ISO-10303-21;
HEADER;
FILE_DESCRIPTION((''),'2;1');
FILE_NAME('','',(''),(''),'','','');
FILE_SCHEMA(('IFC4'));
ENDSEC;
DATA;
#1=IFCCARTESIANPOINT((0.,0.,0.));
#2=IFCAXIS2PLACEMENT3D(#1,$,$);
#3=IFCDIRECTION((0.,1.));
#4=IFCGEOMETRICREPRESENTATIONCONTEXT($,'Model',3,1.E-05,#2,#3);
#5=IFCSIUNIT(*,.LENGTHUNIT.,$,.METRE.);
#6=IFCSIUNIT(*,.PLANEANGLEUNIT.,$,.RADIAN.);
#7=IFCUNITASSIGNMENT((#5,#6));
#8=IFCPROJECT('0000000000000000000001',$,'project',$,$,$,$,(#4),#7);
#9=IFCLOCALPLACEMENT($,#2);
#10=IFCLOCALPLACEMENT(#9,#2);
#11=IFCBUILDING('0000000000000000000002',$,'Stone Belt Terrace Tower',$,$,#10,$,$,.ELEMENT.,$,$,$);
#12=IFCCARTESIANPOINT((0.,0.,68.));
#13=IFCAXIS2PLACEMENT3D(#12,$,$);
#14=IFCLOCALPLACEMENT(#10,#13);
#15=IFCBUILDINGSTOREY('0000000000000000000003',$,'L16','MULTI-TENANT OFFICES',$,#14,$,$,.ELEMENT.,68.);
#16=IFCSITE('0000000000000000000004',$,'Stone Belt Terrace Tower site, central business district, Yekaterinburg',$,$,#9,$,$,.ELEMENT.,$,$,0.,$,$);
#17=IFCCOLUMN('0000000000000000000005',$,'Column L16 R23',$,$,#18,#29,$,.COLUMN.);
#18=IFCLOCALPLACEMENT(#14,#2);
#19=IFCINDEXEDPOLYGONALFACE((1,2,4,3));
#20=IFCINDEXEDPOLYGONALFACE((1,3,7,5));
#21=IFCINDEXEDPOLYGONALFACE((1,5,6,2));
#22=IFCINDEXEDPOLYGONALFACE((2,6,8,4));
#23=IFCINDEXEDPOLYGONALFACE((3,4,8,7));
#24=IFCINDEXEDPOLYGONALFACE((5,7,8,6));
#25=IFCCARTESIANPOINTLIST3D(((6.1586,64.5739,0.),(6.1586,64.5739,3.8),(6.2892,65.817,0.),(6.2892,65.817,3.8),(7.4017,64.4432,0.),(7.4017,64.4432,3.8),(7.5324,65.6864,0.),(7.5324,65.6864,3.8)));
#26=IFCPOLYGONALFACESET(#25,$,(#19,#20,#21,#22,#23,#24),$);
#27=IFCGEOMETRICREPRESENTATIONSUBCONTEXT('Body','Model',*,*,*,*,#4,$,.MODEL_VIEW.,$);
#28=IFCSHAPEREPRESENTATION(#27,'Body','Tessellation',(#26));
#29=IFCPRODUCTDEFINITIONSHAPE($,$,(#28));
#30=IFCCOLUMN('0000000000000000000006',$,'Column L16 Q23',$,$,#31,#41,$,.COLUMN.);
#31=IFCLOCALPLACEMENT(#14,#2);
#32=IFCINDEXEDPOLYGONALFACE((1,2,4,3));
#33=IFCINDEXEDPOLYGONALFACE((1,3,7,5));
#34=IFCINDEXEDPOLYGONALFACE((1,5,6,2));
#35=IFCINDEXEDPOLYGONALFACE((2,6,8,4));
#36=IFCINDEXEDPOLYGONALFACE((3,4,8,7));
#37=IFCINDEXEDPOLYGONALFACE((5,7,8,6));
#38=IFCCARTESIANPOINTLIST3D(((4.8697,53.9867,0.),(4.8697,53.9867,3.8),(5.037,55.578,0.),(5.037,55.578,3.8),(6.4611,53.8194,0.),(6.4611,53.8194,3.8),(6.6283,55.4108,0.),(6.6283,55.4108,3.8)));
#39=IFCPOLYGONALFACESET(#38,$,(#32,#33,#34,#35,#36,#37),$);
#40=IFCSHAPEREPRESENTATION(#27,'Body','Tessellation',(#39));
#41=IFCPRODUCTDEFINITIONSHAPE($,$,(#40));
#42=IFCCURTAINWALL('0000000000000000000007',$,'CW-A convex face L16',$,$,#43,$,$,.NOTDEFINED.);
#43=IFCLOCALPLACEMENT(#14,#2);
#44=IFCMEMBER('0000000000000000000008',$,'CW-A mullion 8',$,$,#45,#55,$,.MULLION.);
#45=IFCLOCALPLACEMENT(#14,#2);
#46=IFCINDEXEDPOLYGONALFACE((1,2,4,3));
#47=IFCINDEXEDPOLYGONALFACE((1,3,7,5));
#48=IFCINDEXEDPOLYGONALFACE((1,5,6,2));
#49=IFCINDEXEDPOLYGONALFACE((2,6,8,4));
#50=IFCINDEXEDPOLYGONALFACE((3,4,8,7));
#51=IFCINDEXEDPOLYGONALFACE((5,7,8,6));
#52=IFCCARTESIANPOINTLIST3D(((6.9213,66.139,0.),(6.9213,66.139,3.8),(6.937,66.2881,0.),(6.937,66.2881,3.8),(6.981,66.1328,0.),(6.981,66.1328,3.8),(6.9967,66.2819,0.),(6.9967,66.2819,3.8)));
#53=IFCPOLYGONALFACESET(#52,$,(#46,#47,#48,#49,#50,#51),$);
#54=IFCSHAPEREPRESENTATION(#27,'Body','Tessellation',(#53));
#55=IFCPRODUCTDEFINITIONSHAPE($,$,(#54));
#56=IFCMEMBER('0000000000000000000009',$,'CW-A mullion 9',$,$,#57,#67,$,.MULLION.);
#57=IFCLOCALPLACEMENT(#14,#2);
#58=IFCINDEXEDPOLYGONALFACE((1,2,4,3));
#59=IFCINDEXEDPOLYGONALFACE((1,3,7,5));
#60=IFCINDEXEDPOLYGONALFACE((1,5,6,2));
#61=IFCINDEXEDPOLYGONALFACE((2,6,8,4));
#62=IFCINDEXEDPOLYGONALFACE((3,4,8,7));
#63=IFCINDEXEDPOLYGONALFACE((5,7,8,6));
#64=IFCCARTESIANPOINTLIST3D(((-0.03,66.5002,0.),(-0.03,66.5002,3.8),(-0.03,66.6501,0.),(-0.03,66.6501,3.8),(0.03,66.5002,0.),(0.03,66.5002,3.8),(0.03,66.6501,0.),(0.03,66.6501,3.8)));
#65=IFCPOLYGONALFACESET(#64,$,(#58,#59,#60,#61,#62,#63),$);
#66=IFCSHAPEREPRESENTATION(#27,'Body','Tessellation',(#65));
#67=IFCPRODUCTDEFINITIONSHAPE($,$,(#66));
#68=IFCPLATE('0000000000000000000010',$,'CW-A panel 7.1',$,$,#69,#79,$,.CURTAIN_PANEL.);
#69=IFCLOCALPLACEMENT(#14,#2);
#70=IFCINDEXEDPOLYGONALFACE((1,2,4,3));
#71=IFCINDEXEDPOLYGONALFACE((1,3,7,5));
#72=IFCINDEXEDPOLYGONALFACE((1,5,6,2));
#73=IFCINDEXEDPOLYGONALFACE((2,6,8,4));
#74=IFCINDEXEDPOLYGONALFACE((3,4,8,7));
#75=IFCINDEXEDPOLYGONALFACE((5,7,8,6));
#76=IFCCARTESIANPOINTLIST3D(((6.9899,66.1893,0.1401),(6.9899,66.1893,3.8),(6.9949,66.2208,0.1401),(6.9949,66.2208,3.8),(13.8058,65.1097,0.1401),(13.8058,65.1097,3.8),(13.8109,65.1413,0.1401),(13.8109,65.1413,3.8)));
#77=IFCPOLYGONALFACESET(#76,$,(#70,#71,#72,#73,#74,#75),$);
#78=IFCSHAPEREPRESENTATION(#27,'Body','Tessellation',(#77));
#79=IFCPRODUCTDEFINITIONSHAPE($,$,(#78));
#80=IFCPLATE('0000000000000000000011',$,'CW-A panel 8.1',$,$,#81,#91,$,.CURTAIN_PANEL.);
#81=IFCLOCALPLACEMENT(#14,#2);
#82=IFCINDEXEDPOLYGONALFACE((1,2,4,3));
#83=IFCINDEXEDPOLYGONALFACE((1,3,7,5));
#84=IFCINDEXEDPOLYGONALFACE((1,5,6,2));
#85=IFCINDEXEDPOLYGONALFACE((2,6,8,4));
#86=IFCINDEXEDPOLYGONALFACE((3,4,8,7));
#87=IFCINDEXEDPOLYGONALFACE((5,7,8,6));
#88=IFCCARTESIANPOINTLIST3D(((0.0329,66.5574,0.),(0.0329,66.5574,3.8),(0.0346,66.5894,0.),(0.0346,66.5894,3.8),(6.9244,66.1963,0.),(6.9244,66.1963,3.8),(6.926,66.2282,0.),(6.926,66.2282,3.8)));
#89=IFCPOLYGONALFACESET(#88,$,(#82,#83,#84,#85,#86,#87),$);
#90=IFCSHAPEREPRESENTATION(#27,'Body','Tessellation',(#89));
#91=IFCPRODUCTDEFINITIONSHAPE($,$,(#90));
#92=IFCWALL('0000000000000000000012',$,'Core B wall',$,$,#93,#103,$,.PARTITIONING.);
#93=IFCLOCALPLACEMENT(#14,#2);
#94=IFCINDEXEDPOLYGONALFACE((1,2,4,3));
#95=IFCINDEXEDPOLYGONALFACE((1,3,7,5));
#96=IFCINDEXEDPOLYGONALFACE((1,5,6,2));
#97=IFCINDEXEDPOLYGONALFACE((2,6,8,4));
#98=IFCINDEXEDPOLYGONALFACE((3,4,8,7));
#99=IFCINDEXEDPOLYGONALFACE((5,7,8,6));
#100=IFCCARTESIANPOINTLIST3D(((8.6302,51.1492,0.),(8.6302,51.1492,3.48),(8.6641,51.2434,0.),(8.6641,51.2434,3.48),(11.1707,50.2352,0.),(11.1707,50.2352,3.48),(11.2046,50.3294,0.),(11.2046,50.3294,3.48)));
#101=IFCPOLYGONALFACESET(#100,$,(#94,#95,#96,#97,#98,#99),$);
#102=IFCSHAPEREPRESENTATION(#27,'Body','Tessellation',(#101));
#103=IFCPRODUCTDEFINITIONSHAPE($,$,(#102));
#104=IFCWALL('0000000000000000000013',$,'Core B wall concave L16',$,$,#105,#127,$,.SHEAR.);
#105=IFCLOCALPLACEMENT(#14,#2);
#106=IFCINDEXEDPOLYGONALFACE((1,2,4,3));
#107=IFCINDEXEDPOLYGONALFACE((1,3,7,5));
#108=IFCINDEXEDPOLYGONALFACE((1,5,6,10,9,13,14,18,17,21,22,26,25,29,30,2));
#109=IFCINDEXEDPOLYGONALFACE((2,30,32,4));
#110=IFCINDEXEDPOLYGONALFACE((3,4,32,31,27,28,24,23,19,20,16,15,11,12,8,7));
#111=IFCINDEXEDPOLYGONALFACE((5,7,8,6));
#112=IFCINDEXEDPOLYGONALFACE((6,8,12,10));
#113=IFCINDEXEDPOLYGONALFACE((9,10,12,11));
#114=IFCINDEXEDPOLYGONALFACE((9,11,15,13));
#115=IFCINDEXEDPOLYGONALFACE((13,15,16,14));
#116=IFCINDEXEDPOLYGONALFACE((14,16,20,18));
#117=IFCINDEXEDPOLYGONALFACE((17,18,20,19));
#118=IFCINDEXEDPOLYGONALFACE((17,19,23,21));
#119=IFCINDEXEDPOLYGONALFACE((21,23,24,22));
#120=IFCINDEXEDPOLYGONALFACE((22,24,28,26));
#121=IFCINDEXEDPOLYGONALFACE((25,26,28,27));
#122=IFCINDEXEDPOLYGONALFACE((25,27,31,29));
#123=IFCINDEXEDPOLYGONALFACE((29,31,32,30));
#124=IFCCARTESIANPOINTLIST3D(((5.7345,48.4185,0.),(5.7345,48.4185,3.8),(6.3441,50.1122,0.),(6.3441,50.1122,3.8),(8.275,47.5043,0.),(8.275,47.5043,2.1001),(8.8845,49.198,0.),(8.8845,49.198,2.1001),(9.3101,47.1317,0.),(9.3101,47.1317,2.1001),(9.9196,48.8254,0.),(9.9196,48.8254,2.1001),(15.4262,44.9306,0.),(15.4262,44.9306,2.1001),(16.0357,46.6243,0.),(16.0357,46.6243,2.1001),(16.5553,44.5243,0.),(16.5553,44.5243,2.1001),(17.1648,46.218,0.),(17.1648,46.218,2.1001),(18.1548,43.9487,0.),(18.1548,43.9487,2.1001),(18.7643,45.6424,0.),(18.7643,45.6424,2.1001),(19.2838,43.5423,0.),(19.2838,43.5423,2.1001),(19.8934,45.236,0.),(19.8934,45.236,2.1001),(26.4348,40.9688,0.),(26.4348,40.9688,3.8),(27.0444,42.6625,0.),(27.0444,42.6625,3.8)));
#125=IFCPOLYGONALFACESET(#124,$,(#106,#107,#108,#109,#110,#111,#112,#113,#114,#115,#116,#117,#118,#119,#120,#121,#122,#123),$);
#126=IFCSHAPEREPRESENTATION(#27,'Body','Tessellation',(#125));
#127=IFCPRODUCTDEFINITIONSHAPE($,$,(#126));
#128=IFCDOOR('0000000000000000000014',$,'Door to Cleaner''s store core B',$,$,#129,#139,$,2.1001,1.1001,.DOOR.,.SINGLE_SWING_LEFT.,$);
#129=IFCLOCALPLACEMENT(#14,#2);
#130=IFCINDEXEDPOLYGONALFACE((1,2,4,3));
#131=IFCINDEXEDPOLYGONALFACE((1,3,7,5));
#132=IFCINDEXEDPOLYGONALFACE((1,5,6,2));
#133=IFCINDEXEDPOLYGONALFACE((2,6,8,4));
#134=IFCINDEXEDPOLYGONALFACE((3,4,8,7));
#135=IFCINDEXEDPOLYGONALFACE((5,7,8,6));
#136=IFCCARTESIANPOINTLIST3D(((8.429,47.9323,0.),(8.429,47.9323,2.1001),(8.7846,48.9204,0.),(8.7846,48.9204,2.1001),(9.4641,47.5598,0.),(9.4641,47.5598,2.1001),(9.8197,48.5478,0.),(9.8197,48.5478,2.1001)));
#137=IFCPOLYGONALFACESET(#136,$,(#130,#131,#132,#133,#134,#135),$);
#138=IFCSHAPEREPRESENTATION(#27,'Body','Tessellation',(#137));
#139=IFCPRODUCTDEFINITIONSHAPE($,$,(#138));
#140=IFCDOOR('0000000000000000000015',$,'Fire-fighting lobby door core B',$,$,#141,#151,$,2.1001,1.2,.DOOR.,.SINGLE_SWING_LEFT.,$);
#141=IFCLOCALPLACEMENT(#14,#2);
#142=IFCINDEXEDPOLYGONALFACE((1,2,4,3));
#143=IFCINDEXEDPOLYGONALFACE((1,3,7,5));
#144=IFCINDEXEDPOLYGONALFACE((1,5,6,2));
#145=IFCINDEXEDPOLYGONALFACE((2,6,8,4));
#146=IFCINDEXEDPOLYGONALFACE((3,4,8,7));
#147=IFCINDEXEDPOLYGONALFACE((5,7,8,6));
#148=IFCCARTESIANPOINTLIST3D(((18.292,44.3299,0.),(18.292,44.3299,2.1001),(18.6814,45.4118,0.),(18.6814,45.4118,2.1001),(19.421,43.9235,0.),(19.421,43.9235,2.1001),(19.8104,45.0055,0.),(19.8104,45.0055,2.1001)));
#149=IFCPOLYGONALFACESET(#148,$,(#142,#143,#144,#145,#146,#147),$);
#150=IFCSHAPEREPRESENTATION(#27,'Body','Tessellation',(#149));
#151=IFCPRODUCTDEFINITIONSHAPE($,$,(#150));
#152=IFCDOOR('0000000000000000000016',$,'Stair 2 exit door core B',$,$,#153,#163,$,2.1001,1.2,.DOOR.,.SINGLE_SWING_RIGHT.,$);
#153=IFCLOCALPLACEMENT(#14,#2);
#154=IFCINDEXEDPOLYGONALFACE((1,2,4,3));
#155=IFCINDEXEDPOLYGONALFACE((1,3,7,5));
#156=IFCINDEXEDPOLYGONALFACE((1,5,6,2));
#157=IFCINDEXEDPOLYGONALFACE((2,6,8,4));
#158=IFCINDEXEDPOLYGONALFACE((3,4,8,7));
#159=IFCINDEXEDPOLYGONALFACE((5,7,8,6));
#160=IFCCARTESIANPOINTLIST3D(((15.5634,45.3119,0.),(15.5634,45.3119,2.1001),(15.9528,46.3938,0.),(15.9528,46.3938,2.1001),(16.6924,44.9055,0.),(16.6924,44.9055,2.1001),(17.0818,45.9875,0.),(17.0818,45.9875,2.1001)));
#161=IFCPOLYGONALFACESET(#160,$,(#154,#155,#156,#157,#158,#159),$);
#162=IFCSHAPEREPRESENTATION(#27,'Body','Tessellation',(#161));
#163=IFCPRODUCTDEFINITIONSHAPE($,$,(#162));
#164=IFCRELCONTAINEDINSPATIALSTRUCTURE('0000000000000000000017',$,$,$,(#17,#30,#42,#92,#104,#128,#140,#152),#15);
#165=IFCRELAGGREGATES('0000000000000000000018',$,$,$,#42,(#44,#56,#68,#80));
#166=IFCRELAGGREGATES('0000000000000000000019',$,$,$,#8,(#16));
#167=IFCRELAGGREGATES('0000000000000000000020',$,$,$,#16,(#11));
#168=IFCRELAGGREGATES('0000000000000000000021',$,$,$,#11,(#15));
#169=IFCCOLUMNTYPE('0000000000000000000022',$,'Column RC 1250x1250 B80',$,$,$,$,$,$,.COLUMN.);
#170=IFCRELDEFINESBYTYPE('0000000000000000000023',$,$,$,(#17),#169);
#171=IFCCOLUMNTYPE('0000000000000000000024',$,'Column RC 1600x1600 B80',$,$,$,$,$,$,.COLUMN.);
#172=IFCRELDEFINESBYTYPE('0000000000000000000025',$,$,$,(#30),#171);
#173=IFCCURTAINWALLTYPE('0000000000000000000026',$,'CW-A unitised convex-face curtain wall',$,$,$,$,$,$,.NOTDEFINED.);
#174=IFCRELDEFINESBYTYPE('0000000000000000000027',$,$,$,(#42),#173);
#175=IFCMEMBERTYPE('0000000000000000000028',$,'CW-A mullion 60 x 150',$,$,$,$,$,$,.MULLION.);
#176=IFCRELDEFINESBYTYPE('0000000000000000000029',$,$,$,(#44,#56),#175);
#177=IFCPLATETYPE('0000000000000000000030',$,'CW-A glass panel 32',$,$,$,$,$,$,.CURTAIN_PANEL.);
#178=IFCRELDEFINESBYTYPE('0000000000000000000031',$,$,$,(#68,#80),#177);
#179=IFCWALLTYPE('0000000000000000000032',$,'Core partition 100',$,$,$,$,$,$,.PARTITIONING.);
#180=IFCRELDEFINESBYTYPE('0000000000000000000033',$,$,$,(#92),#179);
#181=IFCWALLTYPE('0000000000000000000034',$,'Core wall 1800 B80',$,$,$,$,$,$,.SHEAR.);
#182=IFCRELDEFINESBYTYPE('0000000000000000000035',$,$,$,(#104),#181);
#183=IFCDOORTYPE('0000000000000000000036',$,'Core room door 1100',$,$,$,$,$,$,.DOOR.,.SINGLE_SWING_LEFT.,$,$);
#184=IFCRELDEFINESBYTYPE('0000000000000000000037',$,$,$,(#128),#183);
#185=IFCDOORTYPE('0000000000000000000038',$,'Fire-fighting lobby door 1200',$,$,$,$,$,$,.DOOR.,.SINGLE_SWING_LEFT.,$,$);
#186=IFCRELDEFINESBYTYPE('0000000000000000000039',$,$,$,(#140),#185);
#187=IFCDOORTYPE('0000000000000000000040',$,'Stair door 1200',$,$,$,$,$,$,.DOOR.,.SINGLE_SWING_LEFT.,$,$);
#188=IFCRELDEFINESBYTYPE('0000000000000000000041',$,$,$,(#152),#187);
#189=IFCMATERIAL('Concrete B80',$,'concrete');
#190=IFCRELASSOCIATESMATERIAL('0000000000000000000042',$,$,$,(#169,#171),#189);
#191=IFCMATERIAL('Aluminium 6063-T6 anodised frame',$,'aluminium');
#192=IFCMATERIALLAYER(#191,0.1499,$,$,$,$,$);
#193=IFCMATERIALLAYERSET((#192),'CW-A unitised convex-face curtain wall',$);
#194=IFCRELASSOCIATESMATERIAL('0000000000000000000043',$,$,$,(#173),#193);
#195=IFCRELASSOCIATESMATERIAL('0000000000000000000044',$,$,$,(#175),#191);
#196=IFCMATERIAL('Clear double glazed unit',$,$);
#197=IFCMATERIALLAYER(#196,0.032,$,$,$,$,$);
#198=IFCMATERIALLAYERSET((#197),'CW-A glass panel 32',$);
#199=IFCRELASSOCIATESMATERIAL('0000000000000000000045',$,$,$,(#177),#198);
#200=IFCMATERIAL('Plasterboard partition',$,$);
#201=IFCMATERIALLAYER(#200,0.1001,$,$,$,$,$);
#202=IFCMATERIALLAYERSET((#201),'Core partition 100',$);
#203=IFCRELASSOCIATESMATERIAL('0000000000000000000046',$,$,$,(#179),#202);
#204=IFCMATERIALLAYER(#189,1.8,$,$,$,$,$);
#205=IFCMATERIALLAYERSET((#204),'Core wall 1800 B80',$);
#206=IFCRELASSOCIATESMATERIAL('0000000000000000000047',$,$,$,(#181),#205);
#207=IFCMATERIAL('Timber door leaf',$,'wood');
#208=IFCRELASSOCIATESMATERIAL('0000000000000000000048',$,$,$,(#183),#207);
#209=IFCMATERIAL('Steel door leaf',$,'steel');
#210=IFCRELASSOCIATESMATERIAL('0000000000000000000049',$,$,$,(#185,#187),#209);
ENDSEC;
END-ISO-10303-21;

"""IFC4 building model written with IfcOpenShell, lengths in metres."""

from ifc_helpers import new_model, si_unit, direction, frame, frame_2d, origin, origin_2d, place, context, subcontext, project, spatial, rectangle, extrude, material, layer, layer_set, material_profile, profile_set, type_object, element, fill, aggregate, save


model = new_model("IFC4")

# Units and contexts
model_context = context("Model", 3, precision=1e-05, world=origin(), true_north=direction((0.0, 1.0)))
body_context = subcontext(model_context, "Body", "Model", "MODEL_VIEW")
ifc_project = project(units=[si_unit("LENGTHUNIT", "METRE"), si_unit("PLANEANGLEUNIT", "RADIAN")], contexts=[model_context])

# Site, building, storey
site_placement = place(None, origin())
site = spatial("IfcSite", under=ifc_project, at=site_placement, Name="Stone Belt Terrace Tower site, central business district, Yekaterinburg", CompositionType="ELEMENT", RefElevation=0.0)
building_placement = place(site_placement, origin())
building = spatial("IfcBuilding", under=site, at=building_placement, Name="Stone Belt Terrace Tower", CompositionType="ELEMENT")
storey_placement = place(building_placement, frame((0.0, 0.0, 68.0)))
storey = spatial("IfcBuildingStorey", under=building, at=storey_placement, Name="L16", Description="MULTI-TENANT OFFICES", CompositionType="ELEMENT", Elevation=68.0)

# Columns
ifc_material_1 = material(Name="Concrete B80", Category="concrete")
ifc_material_profile_1 = material_profile(ifc_material_1, rectangle(XDim=1.25, YDim=1.25, at=origin_2d()), Name="RC 1250x1250")
ifc_profile_set_1 = profile_set([ifc_material_profile_1], Name="Concrete B80")
column_type_1 = type_object("IfcColumnType", Name="Column RC 1250x1250 B80", PredefinedType="COLUMN", material=ifc_profile_set_1)
column_1_placement = place(storey_placement, frame((6.8455, 65.1301, 0.0), z_axis=(0.0, 0.0, 1.0), x_axis=(0.994522, -0.104528, 0.0)))
element("IfcColumn", 1, at=column_1_placement, inside=storey, type_object=column_type_1, Name="Column L16 R23", PredefinedType="COLUMN", context=body_context, shape_type="SweptSolid", body=[
    extrude(rectangle(XDim=1.25, YDim=1.25, at=origin_2d()), origin(), (0.0, 0.0, 1.0), 3.8),
])
ifc_material_profile_2 = material_profile(ifc_material_1, rectangle(XDim=1.6001, YDim=1.6001, at=origin_2d()), Name="RC 1600x1600")
ifc_profile_set_2 = profile_set([ifc_material_profile_2], Name="Concrete B80")
column_type_2 = type_object("IfcColumnType", Name="Column RC 1600x1600 B80", PredefinedType="COLUMN", material=ifc_profile_set_2)
column_2_placement = place(storey_placement, frame((5.749, 54.6987, 0.0), z_axis=(0.0, 0.0, 1.0), x_axis=(0.994522, -0.104528, 0.0)))
element("IfcColumn", 2, at=column_2_placement, inside=storey, type_object=column_type_2, Name="Column L16 Q23", PredefinedType="COLUMN", context=body_context, shape_type="SweptSolid", body=[
    extrude(rectangle(XDim=1.6001, YDim=1.6001, at=origin_2d()), origin(), (0.0, 0.0, 1.0), 3.8),
])

# Curtain wall, members, plates
ifc_material_2 = material(Name="Aluminium 6063-T6 anodised frame", Category="aluminium")
ifc_layer_1 = layer(ifc_material_2, 0.1499)
ifc_layer_set_1 = layer_set([ifc_layer_1], Name="CW-A unitised convex-face curtain wall")
curtain_wall_type = type_object("IfcCurtainWallType", Name="CW-A unitised convex-face curtain wall", PredefinedType="NOTDEFINED", material=ifc_layer_set_1)
curtain_wall_placement = place(storey_placement, origin())
curtain_wall = element("IfcCurtainWall", 3, at=curtain_wall_placement, inside=storey, type_object=curtain_wall_type, Name="CW-A convex face L16", PredefinedType="NOTDEFINED")
ifc_material_profile_3 = material_profile(ifc_material_2, rectangle(XDim=0.1499, YDim=0.0601, at=origin_2d()), Name="Aluminium 6063-T6 60x150")
ifc_profile_set_3 = profile_set([ifc_material_profile_3], Name="Aluminium 6063-T6 anodised frame")
member_type = type_object("IfcMemberType", Name="CW-A mullion 60 x 150", PredefinedType="MULLION", material=ifc_profile_set_3)
member_1_placement = place(storey_placement, frame((6.959, 66.2104, 0.0), z_axis=(0.0, 0.0, 1.0), x_axis=(-0.104528, -0.994522, 0.0)))
member_1 = element("IfcMember", 4, at=member_1_placement, type_object=member_type, Name="CW-A mullion 8", PredefinedType="MULLION", context=body_context, shape_type="SweptSolid", body=[
    extrude(rectangle(XDim=0.1499, YDim=0.0601, at=origin_2d()), origin(), (0.0, 0.0, 1.0), 3.8),
])
member_2_placement = place(storey_placement, frame((0.0, 66.5752, 0.0), z_axis=(0.0, 0.0, 1.0), x_axis=(0.0, -1.0, 0.0)))
member_2 = element("IfcMember", 5, at=member_2_placement, type_object=member_type, Name="CW-A mullion 9", PredefinedType="MULLION", context=body_context, shape_type="SweptSolid", body=[
    extrude(rectangle(XDim=0.1499, YDim=0.0601, at=origin_2d()), origin(), (0.0, 0.0, 1.0), 3.8),
])
ifc_material_3 = material(Name="Clear double glazed unit")
ifc_layer_2 = layer(ifc_material_3, 0.032)
ifc_layer_set_2 = layer_set([ifc_layer_2], Name="CW-A glass panel 32")
plate_type = type_object("IfcPlateType", Name="CW-A glass panel 32", PredefinedType="CURTAIN_PANEL", material=ifc_layer_set_2)
plate_1_placement = place(storey_placement, frame((10.4004, 65.6653, 0.1401), z_axis=(0.0, 0.0, 1.0), x_axis=(-0.987688, 0.156434, 0.0)))
plate_1 = element("IfcPlate", 6, at=plate_1_placement, type_object=plate_type, Name="CW-A panel 7.1", PredefinedType="CURTAIN_PANEL", context=body_context, shape_type="SweptSolid", body=[
    extrude(rectangle(XDim=6.9009, YDim=0.032, at=origin_2d()), origin(), (0.0, 0.0, 1.0), 3.6599),
])
plate_2_placement = place(storey_placement, frame((3.4795, 66.3928, 0.0), z_axis=(0.0, 0.0, 1.0), x_axis=(-0.99863, 0.052336, 0.0)))
plate_2 = element("IfcPlate", 7, at=plate_2_placement, type_object=plate_type, Name="CW-A panel 8.1", PredefinedType="CURTAIN_PANEL", context=body_context, shape_type="SweptSolid", body=[
    extrude(rectangle(XDim=6.9009, YDim=0.032, at=origin_2d()), origin(), (0.0, 0.0, 1.0), 3.8),
])
aggregate(curtain_wall, [member_1, member_2, plate_1, plate_2])

# Wall
ifc_material_4 = material(Name="Plasterboard partition")
ifc_layer_3 = layer(ifc_material_4, 0.1001)
ifc_layer_set_3 = layer_set([ifc_layer_3], Name="Core partition 100")
wall_type_1 = type_object("IfcWallType", Name="Core partition 100", PredefinedType="PARTITIONING", material=ifc_layer_set_3)
wall_1_placement = place(storey_placement, frame((11.1877, 50.2822, 0.0), z_axis=(0.0, 0.0, 1.0), x_axis=(-0.94095, 0.338547, 0.0)))
element("IfcWall", 8, at=wall_1_placement, inside=storey, type_object=wall_type_1, Name="Core B wall", PredefinedType="PARTITIONING", context=body_context, shape_type="SweptSolid", body=[
    extrude(rectangle(XDim=2.7, YDim=0.1001, at=frame_2d((1.3501, 0.0))), origin(), (0.0, 0.0, 1.0), 3.48),
])

# Wall, openings, doors
ifc_layer_4 = layer(ifc_material_1, 1.8)
ifc_layer_set_4 = layer_set([ifc_layer_4], Name="Core wall 1800 B80")
wall_type_2 = type_object("IfcWallType", Name="Core wall 1800 B80", PredefinedType="SHEAR", material=ifc_layer_set_4)
wall_2_placement = place(storey_placement, frame((6.0393, 49.2654, 0.0), z_axis=(0.0, 0.0, 1.0), x_axis=(0.940922, -0.338624, 0.0)))
wall_2 = element("IfcWall", 9, at=wall_2_placement, inside=storey, type_object=wall_type_2, Name="Core B wall concave L16", PredefinedType="SHEAR", context=body_context, shape_type="SweptSolid", body=[
    extrude(rectangle(XDim=22.0, YDim=1.8, at=frame_2d((11.0, 0.0))), origin(), (0.0, 0.0, 1.0), 3.8),
])
opening_1_placement = place(wall_2_placement, frame((13.2, 0.0, 0.0)))
opening_1 = element("IfcOpeningElement", 10, at=opening_1_placement, cuts=wall_2, PredefinedType="OPENING", context=body_context, shape_type="SweptSolid", body=[
    extrude(rectangle(XDim=1.2, YDim=2.1001, at=frame_2d((0.6001, 1.05))), frame((0.0, 0.9099, 0.0), z_axis=(0.0, -1.0, 0.0), x_axis=(1.0, 0.0, 0.0)), (0.0, 0.0, 1.0), 1.8201),
])
opening_2_placement = place(wall_2_placement, frame((10.3, 0.0, 0.0)))
opening_2 = element("IfcOpeningElement", 11, at=opening_2_placement, cuts=wall_2, PredefinedType="OPENING", context=body_context, shape_type="SweptSolid", body=[
    extrude(rectangle(XDim=1.2, YDim=2.1001, at=frame_2d((0.6001, 1.05))), frame((0.0, 0.9099, 0.0), z_axis=(0.0, -1.0, 0.0), x_axis=(1.0, 0.0, 0.0)), (0.0, 0.0, 1.0), 1.8201),
])
opening_3_placement = place(wall_2_placement, frame((2.7, 0.0, 0.0)))
opening_3 = element("IfcOpeningElement", 12, at=opening_3_placement, cuts=wall_2, PredefinedType="OPENING", context=body_context, shape_type="SweptSolid", body=[
    extrude(rectangle(XDim=1.1001, YDim=2.1001, at=frame_2d((0.55, 1.05))), frame((0.0, 0.9099, 0.0), z_axis=(0.0, -1.0, 0.0), x_axis=(1.0, 0.0, 0.0)), (0.0, 0.0, 1.0), 1.8201),
])
ifc_material_5 = material(Name="Timber door leaf", Category="wood")
door_type_1 = type_object("IfcDoorType", Name="Core room door 1100", OperationType="SINGLE_SWING_LEFT", PredefinedType="DOOR", material=ifc_material_5)
door_1_placement = place(opening_3_placement, origin())
door_1 = element("IfcDoor", 13, at=door_1_placement, inside=storey, type_object=door_type_1, Name="Door to Cleaner's store core B", OperationType="SINGLE_SWING_LEFT", OverallHeight=2.1001, OverallWidth=1.1001, PredefinedType="DOOR", context=body_context, shape_type="SweptSolid", body=[
    extrude(rectangle(XDim=1.1001, YDim=2.1001, at=frame_2d((0.55, 1.05))), frame((0.0, 0.605, 0.0), z_axis=(0.0, -1.0, 0.0), x_axis=(1.0, 0.0, 0.0)), (0.0, 0.0, 1.0), 1.05),
])
fill(opening_3, door_1)
ifc_material_6 = material(Name="Steel door leaf", Category="steel")
door_type_2 = type_object("IfcDoorType", Name="Fire-fighting lobby door 1200", OperationType="SINGLE_SWING_LEFT", PredefinedType="DOOR", material=ifc_material_6)
door_2_placement = place(opening_1_placement, origin())
door_2 = element("IfcDoor", 14, at=door_2_placement, inside=storey, type_object=door_type_2, Name="Fire-fighting lobby door core B", OperationType="SINGLE_SWING_LEFT", OverallHeight=2.1001, OverallWidth=1.2, PredefinedType="DOOR", context=body_context, shape_type="SweptSolid", body=[
    extrude(rectangle(XDim=1.2, YDim=2.1001, at=frame_2d((0.6001, 1.05))), frame((0.0, 0.655, 0.0), z_axis=(0.0, -1.0, 0.0), x_axis=(1.0, 0.0, 0.0)), (0.0, 0.0, 1.0), 1.1499),
])
fill(opening_1, door_2)
door_type_3 = type_object("IfcDoorType", Name="Stair door 1200", OperationType="SINGLE_SWING_LEFT", PredefinedType="DOOR", material=ifc_material_6)
door_3_placement = place(opening_2_placement, origin())
door_3 = element("IfcDoor", 15, at=door_3_placement, inside=storey, type_object=door_type_3, Name="Stair 2 exit door core B", OperationType="SINGLE_SWING_RIGHT", OverallHeight=2.1001, OverallWidth=1.2, PredefinedType="DOOR", context=body_context, shape_type="SweptSolid", body=[
    extrude(rectangle(XDim=1.2, YDim=2.1001, at=frame_2d((0.6001, 1.05))), frame((0.0, 0.655, 0.0), z_axis=(0.0, -1.0, 0.0), x_axis=(1.0, 0.0, 0.0)), (0.0, 0.0, 1.0), 1.1499),
])
fill(opening_2, door_3)

save(model, "model.ifc")
